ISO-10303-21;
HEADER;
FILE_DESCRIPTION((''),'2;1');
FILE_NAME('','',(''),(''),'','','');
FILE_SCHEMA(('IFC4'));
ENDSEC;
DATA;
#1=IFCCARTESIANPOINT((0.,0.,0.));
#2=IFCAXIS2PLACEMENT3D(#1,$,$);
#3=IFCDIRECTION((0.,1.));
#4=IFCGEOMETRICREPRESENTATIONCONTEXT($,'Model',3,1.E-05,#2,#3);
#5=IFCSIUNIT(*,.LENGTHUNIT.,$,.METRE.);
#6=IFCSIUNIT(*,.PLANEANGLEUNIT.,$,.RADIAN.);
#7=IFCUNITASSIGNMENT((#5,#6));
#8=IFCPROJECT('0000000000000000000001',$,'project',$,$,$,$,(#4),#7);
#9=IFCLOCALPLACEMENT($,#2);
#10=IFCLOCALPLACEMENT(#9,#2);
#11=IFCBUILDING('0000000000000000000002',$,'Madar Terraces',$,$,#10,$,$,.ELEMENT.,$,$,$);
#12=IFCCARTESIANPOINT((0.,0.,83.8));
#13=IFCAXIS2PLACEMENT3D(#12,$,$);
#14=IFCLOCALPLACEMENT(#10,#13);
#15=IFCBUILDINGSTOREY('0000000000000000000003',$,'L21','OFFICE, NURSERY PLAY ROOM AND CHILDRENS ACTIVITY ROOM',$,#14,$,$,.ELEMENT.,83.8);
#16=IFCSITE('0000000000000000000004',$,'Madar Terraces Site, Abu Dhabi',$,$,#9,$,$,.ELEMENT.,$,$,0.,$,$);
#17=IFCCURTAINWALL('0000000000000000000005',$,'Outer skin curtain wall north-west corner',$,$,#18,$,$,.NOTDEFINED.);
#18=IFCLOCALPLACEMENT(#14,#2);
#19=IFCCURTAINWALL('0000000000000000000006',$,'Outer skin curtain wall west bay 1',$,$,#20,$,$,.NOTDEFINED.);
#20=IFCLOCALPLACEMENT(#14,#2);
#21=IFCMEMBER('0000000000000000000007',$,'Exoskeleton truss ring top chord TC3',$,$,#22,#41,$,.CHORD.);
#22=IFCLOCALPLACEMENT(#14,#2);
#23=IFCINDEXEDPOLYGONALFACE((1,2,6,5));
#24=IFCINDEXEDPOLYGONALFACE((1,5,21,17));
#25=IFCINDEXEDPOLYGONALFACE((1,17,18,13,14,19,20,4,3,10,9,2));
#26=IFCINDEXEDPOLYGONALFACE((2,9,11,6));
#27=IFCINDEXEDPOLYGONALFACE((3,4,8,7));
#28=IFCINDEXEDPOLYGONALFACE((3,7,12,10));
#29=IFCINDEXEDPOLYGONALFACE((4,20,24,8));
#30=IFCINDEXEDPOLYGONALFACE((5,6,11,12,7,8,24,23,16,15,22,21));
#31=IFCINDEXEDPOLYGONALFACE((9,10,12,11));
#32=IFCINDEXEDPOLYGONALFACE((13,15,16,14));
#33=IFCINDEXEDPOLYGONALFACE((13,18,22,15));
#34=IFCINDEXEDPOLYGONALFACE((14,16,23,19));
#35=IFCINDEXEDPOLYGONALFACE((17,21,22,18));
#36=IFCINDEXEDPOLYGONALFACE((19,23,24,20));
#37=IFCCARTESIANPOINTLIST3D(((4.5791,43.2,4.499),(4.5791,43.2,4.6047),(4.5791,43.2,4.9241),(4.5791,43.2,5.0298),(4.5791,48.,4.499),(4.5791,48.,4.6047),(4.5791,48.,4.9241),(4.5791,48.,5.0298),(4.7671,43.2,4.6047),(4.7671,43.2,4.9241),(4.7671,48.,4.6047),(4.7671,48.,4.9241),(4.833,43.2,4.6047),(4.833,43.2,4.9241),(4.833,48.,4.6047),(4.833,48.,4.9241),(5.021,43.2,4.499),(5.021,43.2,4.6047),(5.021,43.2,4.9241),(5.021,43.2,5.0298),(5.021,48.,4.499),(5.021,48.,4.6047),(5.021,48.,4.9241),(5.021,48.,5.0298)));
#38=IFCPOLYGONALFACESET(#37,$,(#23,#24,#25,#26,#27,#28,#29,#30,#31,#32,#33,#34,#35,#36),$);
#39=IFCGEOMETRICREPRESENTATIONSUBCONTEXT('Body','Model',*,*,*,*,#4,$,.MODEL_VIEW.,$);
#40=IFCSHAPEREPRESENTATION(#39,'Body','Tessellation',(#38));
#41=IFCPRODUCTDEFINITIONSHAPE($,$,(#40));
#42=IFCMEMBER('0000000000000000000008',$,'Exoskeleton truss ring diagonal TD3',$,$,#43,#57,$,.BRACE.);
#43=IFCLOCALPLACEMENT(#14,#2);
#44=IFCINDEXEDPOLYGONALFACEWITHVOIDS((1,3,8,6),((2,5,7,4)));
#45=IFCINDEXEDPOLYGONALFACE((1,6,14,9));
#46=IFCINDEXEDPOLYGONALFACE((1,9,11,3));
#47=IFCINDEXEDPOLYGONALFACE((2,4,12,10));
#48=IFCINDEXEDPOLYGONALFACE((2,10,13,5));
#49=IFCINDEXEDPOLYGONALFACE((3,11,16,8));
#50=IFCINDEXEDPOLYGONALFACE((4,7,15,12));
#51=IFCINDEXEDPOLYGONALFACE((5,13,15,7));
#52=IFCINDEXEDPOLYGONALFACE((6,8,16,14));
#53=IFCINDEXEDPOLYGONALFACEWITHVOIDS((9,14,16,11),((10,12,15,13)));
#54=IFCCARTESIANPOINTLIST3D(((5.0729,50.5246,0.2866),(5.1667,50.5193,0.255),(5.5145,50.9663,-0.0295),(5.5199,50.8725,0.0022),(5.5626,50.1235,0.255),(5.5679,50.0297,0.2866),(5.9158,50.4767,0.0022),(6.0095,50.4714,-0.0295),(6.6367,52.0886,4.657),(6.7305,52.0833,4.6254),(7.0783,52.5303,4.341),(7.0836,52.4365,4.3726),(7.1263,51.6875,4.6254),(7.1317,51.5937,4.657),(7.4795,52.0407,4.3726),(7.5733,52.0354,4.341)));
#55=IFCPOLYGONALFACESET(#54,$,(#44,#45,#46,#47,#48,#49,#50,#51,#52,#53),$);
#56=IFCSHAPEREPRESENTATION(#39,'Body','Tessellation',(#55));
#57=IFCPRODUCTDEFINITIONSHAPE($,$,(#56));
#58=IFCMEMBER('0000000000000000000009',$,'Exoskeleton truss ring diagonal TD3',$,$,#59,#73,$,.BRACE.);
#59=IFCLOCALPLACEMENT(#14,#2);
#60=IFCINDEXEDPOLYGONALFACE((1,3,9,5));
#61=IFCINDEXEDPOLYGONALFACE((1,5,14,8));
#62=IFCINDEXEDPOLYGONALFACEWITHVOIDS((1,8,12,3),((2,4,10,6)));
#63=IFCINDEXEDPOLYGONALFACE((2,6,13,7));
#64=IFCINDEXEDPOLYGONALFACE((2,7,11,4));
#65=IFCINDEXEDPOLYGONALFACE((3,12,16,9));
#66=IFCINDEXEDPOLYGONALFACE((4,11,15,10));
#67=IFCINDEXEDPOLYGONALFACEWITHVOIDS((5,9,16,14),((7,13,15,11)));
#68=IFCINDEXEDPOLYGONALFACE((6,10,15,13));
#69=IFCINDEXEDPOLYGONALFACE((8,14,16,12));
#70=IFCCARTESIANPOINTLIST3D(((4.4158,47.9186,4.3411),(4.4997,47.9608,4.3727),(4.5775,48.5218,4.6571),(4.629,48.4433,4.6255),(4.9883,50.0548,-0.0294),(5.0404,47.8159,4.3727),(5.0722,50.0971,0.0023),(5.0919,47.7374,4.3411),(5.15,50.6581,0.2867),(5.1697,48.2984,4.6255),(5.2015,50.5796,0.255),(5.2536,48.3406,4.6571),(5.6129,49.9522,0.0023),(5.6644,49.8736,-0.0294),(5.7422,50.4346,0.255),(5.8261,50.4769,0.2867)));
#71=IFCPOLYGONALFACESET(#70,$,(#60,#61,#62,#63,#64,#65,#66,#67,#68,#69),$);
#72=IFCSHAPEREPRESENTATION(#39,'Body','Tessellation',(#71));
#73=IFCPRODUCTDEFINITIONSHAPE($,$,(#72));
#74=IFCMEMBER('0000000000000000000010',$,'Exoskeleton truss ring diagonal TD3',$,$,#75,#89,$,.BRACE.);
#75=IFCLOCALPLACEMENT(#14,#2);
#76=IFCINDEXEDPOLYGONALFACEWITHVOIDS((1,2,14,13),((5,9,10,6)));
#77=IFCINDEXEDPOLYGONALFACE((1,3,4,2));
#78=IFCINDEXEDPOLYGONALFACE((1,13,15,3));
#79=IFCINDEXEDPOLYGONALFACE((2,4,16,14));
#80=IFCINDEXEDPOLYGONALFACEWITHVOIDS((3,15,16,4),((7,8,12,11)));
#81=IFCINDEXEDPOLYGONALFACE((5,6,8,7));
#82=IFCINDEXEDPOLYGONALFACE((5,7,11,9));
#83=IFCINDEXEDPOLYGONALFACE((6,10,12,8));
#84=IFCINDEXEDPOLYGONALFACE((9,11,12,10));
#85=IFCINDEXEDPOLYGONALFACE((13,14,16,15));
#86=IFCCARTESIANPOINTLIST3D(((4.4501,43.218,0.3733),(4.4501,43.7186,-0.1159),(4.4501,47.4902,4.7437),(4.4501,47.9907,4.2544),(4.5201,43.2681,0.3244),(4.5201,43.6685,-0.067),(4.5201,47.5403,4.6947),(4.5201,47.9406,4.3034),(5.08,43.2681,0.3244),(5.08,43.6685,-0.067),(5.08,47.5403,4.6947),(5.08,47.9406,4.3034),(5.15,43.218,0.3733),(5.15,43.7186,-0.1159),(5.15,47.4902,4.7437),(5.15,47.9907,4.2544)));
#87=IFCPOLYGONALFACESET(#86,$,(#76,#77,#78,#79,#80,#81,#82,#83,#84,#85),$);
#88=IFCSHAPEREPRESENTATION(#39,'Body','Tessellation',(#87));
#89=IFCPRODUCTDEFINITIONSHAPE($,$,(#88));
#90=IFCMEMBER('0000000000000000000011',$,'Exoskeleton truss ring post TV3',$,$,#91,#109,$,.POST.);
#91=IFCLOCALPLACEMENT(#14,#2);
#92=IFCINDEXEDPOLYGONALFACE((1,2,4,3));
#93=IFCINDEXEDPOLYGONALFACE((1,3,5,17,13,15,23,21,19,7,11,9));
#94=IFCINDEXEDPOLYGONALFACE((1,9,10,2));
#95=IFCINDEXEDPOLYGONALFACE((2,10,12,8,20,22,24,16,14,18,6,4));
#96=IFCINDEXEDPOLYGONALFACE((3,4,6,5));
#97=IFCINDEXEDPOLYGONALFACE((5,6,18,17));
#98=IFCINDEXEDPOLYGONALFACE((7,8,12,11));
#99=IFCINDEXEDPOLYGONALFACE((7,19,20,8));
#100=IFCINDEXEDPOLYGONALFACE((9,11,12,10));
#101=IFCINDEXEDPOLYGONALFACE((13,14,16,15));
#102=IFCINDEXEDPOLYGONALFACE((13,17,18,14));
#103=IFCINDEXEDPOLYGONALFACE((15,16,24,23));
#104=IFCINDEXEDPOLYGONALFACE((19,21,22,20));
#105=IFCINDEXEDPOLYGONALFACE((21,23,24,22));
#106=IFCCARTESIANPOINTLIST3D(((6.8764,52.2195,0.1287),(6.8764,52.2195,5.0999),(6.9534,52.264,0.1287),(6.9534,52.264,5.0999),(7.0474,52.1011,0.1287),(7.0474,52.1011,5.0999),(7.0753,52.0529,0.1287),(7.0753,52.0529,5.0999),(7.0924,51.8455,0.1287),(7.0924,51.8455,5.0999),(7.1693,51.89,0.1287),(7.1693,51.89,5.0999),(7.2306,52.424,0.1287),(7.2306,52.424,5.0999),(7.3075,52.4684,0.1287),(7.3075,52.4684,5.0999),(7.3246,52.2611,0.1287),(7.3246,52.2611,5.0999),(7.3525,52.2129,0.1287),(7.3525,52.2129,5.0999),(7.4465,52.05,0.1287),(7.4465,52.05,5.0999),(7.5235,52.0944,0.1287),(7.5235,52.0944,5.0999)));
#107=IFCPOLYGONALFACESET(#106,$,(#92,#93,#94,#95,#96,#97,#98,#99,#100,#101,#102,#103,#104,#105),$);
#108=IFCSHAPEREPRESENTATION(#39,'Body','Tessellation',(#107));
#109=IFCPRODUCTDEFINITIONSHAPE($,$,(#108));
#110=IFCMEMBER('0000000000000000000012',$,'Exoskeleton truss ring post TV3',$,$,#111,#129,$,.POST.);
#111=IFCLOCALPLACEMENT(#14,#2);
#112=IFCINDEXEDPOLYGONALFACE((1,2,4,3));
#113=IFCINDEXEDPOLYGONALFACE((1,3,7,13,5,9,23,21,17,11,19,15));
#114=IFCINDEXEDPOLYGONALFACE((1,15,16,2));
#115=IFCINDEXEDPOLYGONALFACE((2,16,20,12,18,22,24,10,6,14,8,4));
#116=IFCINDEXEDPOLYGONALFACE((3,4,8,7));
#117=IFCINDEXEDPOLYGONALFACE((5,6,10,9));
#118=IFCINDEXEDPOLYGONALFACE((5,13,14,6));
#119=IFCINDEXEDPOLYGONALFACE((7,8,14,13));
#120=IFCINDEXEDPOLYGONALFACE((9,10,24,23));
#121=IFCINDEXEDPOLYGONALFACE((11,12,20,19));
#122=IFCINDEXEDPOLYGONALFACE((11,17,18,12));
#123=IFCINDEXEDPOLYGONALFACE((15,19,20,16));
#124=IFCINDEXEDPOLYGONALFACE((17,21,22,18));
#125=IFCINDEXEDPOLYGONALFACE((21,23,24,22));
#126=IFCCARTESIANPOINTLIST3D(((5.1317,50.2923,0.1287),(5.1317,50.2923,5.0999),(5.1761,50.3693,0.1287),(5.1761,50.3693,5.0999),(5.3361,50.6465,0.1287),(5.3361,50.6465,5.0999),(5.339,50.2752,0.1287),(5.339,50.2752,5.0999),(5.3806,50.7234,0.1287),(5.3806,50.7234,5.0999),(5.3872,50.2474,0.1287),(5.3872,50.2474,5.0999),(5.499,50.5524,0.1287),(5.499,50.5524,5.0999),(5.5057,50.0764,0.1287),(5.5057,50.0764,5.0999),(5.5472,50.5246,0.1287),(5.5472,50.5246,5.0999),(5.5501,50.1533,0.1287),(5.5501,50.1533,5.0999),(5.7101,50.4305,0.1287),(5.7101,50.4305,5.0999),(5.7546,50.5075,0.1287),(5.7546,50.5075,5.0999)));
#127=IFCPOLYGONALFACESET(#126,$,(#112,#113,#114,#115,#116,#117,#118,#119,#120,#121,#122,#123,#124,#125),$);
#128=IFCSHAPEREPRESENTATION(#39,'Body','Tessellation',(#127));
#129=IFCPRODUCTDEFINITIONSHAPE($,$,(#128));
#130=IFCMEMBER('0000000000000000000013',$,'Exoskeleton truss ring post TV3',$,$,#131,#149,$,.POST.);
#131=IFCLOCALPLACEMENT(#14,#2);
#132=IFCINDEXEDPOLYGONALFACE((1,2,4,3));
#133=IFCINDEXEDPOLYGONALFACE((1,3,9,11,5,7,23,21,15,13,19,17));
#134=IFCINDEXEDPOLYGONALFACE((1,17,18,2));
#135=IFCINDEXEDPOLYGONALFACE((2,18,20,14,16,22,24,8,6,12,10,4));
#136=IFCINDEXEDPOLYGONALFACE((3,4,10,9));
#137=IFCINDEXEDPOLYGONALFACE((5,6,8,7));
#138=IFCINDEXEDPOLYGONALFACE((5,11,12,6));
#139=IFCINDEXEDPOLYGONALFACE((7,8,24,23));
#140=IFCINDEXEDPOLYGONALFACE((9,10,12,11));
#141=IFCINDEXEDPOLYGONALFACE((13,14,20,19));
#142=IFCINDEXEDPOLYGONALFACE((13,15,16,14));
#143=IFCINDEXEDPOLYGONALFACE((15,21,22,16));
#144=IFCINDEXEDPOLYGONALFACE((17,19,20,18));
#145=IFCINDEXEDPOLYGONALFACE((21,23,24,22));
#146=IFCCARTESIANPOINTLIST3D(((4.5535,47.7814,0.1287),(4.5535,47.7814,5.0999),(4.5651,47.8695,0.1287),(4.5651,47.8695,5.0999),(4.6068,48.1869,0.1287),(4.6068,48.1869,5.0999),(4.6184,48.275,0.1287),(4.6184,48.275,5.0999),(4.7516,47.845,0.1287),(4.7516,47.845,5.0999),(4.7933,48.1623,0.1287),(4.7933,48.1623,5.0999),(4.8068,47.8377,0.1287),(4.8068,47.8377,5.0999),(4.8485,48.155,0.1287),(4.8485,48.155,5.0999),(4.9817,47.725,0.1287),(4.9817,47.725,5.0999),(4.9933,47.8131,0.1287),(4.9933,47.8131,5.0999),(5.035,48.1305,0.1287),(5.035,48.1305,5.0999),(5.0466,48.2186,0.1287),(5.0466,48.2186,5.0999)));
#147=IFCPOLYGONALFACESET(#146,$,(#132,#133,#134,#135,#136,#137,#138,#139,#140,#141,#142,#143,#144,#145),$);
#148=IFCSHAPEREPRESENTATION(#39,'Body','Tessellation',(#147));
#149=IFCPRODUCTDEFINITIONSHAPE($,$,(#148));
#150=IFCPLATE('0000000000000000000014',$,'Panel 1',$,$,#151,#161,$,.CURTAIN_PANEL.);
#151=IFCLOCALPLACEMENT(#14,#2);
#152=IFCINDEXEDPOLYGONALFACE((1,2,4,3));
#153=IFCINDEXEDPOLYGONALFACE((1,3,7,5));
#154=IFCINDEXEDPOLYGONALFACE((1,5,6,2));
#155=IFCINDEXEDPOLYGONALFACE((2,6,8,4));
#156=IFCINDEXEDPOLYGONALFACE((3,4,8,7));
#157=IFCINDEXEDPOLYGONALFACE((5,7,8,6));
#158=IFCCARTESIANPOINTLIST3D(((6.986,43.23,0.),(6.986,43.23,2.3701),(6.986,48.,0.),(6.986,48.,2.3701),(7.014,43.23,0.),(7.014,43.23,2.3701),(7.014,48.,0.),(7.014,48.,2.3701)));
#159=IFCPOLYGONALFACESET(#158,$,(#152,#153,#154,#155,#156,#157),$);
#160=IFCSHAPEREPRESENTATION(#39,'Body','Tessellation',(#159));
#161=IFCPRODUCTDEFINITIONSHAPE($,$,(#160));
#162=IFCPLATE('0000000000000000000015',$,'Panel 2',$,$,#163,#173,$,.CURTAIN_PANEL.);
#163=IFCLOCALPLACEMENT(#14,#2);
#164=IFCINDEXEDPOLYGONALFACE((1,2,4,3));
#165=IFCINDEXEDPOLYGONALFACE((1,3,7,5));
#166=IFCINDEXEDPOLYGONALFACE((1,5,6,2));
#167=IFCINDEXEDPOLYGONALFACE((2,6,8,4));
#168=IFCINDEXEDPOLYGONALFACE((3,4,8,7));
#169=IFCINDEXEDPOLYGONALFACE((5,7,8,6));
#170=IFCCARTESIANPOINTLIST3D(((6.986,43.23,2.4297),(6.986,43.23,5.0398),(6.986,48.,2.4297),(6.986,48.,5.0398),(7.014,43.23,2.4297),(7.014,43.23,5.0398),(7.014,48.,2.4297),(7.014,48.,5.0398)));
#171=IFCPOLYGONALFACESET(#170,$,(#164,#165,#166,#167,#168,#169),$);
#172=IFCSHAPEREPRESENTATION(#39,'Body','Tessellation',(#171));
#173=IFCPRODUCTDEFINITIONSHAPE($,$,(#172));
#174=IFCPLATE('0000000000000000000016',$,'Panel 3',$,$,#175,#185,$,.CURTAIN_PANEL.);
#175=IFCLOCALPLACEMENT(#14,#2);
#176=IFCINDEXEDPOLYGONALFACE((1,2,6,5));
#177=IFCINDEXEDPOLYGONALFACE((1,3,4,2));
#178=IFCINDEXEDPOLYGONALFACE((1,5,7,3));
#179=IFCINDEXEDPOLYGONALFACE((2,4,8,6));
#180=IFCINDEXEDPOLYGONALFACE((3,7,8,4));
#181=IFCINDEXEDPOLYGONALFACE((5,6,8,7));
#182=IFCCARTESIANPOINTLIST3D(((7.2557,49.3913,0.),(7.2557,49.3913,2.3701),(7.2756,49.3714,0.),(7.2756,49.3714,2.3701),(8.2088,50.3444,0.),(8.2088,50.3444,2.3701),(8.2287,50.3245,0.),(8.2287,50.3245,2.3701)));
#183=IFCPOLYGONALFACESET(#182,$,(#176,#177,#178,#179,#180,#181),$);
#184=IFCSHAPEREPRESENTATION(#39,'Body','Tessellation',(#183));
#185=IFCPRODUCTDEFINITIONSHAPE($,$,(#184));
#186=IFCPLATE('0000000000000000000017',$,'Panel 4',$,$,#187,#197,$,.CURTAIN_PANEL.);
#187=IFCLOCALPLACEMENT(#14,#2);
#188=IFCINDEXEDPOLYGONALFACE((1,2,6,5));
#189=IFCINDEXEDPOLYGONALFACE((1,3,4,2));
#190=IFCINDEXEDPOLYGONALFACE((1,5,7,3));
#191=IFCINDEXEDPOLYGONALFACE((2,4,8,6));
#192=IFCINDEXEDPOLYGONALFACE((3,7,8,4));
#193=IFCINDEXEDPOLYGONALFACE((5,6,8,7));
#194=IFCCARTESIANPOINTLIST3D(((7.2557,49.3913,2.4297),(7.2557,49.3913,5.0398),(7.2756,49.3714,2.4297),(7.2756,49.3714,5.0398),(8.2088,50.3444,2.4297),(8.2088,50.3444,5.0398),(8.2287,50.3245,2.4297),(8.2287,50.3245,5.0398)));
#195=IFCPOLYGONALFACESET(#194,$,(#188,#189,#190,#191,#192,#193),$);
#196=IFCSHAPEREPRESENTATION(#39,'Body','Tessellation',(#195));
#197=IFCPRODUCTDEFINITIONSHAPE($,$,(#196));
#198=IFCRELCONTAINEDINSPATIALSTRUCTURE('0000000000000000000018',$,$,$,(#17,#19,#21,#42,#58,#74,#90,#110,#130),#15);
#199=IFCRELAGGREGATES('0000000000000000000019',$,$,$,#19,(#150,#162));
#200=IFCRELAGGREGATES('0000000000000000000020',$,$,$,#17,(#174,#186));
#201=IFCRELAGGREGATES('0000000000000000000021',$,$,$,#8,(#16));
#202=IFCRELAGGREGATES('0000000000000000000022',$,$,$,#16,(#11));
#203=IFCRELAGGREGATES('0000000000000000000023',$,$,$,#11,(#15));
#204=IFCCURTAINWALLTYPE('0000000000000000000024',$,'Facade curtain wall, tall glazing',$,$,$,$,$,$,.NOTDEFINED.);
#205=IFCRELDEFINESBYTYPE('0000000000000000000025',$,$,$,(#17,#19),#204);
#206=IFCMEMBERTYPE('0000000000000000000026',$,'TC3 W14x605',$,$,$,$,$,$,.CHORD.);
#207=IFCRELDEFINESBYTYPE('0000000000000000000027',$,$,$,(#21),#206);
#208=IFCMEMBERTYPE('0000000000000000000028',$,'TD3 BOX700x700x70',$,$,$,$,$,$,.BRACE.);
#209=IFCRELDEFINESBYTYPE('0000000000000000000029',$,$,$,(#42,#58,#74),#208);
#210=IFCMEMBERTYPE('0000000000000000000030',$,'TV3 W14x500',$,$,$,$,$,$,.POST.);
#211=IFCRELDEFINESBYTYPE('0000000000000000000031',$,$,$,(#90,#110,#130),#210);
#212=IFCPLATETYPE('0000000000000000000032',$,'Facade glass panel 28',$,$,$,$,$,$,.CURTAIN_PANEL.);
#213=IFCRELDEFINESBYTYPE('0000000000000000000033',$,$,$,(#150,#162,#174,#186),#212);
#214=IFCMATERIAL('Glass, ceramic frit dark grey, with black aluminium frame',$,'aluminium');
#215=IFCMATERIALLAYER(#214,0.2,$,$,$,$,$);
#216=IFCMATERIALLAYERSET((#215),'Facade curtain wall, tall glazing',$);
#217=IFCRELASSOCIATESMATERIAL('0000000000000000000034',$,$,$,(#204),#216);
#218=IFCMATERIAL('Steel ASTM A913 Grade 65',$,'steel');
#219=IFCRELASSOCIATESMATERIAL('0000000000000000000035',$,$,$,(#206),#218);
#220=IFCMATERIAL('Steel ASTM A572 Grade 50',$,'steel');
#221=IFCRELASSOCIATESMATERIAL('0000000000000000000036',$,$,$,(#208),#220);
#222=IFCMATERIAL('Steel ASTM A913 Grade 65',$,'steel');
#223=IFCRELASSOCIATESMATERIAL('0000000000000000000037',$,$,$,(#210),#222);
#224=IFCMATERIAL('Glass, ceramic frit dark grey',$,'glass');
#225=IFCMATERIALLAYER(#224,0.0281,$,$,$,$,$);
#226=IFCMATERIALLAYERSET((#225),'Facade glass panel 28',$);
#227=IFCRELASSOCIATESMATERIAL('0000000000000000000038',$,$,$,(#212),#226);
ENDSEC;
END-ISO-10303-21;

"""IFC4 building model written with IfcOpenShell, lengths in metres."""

from ifc_helpers import new_model, si_unit, direction, frame, origin, origin_2d, place, context, subcontext, project, spatial, rectangle, hollow_rectangle, i_section, extrude, material, layer, layer_set, material_profile, profile_set, type_object, element, aggregate, save


model = new_model("IFC4")

# Units and contexts
model_context = context("Model", 3, precision=1e-05, world=origin(), true_north=direction((0.0, 1.0)))
body_context = subcontext(model_context, "Body", "Model", "MODEL_VIEW")
ifc_project = project(units=[si_unit("LENGTHUNIT", "METRE"), si_unit("PLANEANGLEUNIT", "RADIAN")], contexts=[model_context])

# Site, building, storey
site_placement = place(None, origin())
site = spatial("IfcSite", under=ifc_project, at=site_placement, Name="Madar Terraces Site, Abu Dhabi", CompositionType="ELEMENT", RefElevation=0.0)
building_placement = place(site_placement, origin())
building = spatial("IfcBuilding", under=site, at=building_placement, Name="Madar Terraces", CompositionType="ELEMENT")
storey_placement = place(building_placement, frame((0.0, 0.0, 83.8)))
storey = spatial("IfcBuildingStorey", under=building, at=storey_placement, Name="L21", Description="OFFICE, NURSERY PLAY ROOM AND CHILDRENS ACTIVITY ROOM", CompositionType="ELEMENT", Elevation=83.8)

# Curtain wall
ifc_material_1 = material(Name="Glass, ceramic frit dark grey, with black aluminium frame", Category="aluminium")
ifc_layer_1 = layer(ifc_material_1, 0.2)
ifc_layer_set_1 = layer_set([ifc_layer_1], Name="Facade curtain wall, tall glazing")
curtain_wall_type = type_object("IfcCurtainWallType", Name="Facade curtain wall, tall glazing", PredefinedType="NOTDEFINED", material=ifc_layer_set_1)
curtain_wall_1_placement = place(storey_placement, origin())
curtain_wall_1 = element("IfcCurtainWall", 1, at=curtain_wall_1_placement, inside=storey, type_object=curtain_wall_type, Name="Outer skin curtain wall north-west corner", PredefinedType="NOTDEFINED")

# Curtain wall
curtain_wall_2_placement = place(storey_placement, origin())
curtain_wall_2 = element("IfcCurtainWall", 2, at=curtain_wall_2_placement, inside=storey, type_object=curtain_wall_type, Name="Outer skin curtain wall west bay 1", PredefinedType="NOTDEFINED")

# Members
ifc_material_2 = material(Name="Steel ASTM A913 Grade 65", Category="steel")
ifc_material_profile_1 = material_profile(ifc_material_2, i_section(OverallWidth=0.4419, OverallDepth=0.5308, WebThickness=0.0659, FlangeThickness=0.1057, at=origin_2d()), Name="W14x605")
ifc_profile_set_1 = profile_set([ifc_material_profile_1], Name="Steel ASTM A913 Grade 65")
member_type_1 = type_object("IfcMemberType", Name="TC3 W14x605", PredefinedType="CHORD", material=ifc_profile_set_1)
member_1_placement = place(storey_placement, frame((4.8, 48.0, 4.7644), z_axis=(0.0, -1.0, 0.0), x_axis=(1.0, 0.0, 0.0)))
element("IfcMember", 3, at=member_1_placement, inside=storey, type_object=member_type_1, Name="Exoskeleton truss ring top chord TC3", PredefinedType="CHORD", context=body_context, shape_type="SweptSolid", body=[
    extrude(i_section(OverallWidth=0.4419, OverallDepth=0.5308, WebThickness=0.0659, FlangeThickness=0.1057, at=origin_2d()), origin(), (0.0, 0.0, 1.0), 4.8),
])
ifc_material_3 = material(Name="Steel ASTM A572 Grade 50", Category="steel")
ifc_material_profile_2 = material_profile(ifc_material_3, hollow_rectangle(XDim=0.7, YDim=0.7, WallThickness=0.0701, at=origin_2d()), Name="BOX700x700x70")
ifc_profile_set_2 = profile_set([ifc_material_profile_2], Name="Steel ASTM A572 Grade 50")
member_type_2 = type_object("IfcMemberType", Name="TD3 BOX700x700x70", PredefinedType="BRACE", material=ifc_profile_set_2)
for number, where, z_axis, x_axis, name in (
    (4, (7.105, 52.062, 4.499), (-0.319251, -0.319301, -0.892259), (0.707162, -0.707052, 0.0), "Exoskeleton truss ring diagonal TD3"),
    (5, (5.4072, 50.2659, 0.1287), (-0.116884, -0.436135, 0.892258), (0.965914, -0.258865, 0.0), "Exoskeleton truss ring diagonal TD3"),
):
    element("IfcMember", number, at=place(storey_placement, frame(where, z_axis=z_axis, x_axis=x_axis)), inside=storey, type_object=member_type_2, Name=name, PredefinedType="BRACE", context=body_context, shape_type="SweptSolid", body=[
        extrude(hollow_rectangle(XDim=0.7, YDim=0.7, WallThickness=0.0701, at=origin_2d()), origin(), (0.0, 0.0, 1.0), 4.8982),
    ])
member_2_placement = place(storey_placement, frame((4.8, 47.7405, 4.499), z_axis=(0.0, -0.699032, -0.715091), x_axis=(1.0, 0.0, 0.0)))
element("IfcMember", 6, at=member_2_placement, inside=storey, type_object=member_type_2, Name="Exoskeleton truss ring diagonal TD3", PredefinedType="BRACE", context=body_context, shape_type="SweptSolid", body=[
    extrude(hollow_rectangle(XDim=0.7, YDim=0.7, WallThickness=0.0701, at=origin_2d()), origin(), (0.0, 0.0, 1.0), 6.1116),
])
ifc_material_4 = material(Name="Steel ASTM A913 Grade 65", Category="steel")
ifc_material_profile_3 = material_profile(ifc_material_4, i_section(OverallWidth=0.4319, OverallDepth=0.4978, WebThickness=0.0557, FlangeThickness=0.0889, at=origin_2d()), Name="W14x500")
ifc_profile_set_3 = profile_set([ifc_material_profile_3], Name="Steel ASTM A913 Grade 65")
member_type_3 = type_object("IfcMemberType", Name="TV3 W14x500", PredefinedType="POST", material=ifc_profile_set_3)
for number, where, z_axis, x_axis, name in (
    (7, (7.2, 52.157, 0.1287), (0.0, 0.0, 1.0), (0.5, -0.866025, 0.0), "Exoskeleton truss ring post TV3"),
    (8, (5.4431, 50.3999, 0.1287), (0.0, 0.0, 1.0), (0.866025, -0.5, 0.0), "Exoskeleton truss ring post TV3"),
    (9, (4.8, 48.0, 0.1287), (0.0, 0.0, 1.0), (0.991445, -0.130526, 0.0), "Exoskeleton truss ring post TV3"),
):
    element("IfcMember", number, at=place(storey_placement, frame(where, z_axis=z_axis, x_axis=x_axis)), inside=storey, type_object=member_type_3, Name=name, PredefinedType="POST", context=body_context, shape_type="SweptSolid", body=[
        extrude(i_section(OverallWidth=0.4319, OverallDepth=0.4978, WebThickness=0.0557, FlangeThickness=0.0889, at=origin_2d()), origin(), (0.0, 0.0, 1.0), 4.9712),
    ])

# Plates
ifc_material_5 = material(Name="Glass, ceramic frit dark grey", Category="glass")
ifc_layer_2 = layer(ifc_material_5, 0.0281)
ifc_layer_set_2 = layer_set([ifc_layer_2], Name="Facade glass panel 28")
plate_type = type_object("IfcPlateType", Name="Facade glass panel 28", PredefinedType="CURTAIN_PANEL", material=ifc_layer_set_2)
plate_1_placement = place(storey_placement, frame((7.0, 45.615, 0.0), z_axis=(0.0, 0.0, 1.0), x_axis=(0.0, -1.0, 0.0)))
plate_1 = element("IfcPlate", 10, at=plate_1_placement, type_object=plate_type, Name="Panel 1", PredefinedType="CURTAIN_PANEL", context=body_context, shape_type="SweptSolid", body=[
    extrude(rectangle(XDim=4.77, YDim=0.0281, at=origin_2d()), origin(), (0.0, 0.0, 1.0), 2.3701),
])
plate_2_placement = place(storey_placement, frame((7.0, 45.615, 2.4297), z_axis=(0.0, 0.0, 1.0), x_axis=(0.0, -1.0, 0.0)))
plate_2 = element("IfcPlate", 11, at=plate_2_placement, type_object=plate_type, Name="Panel 2", PredefinedType="CURTAIN_PANEL", context=body_context, shape_type="SweptSolid", body=[
    extrude(rectangle(XDim=4.77, YDim=0.0281, at=origin_2d()), origin(), (0.0, 0.0, 1.0), 2.6101),
])
aggregate(curtain_wall_2, [plate_1, plate_2])
plate_3_placement = place(storey_placement, frame((7.7422, 49.8579, 0.0), z_axis=(0.0, 0.0, 1.0), x_axis=(-0.707107, -0.707107, 0.0)))
plate_3 = element("IfcPlate", 12, at=plate_3_placement, type_object=plate_type, Name="Panel 3", PredefinedType="CURTAIN_PANEL", context=body_context, shape_type="SweptSolid", body=[
    extrude(rectangle(XDim=1.3479, YDim=0.0281, at=origin_2d()), origin(), (0.0, 0.0, 1.0), 2.3701),
])
plate_4_placement = place(storey_placement, frame((7.7422, 49.8579, 2.4297), z_axis=(0.0, 0.0, 1.0), x_axis=(-0.707107, -0.707107, 0.0)))
plate_4 = element("IfcPlate", 13, at=plate_4_placement, type_object=plate_type, Name="Panel 4", PredefinedType="CURTAIN_PANEL", context=body_context, shape_type="SweptSolid", body=[
    extrude(rectangle(XDim=1.3479, YDim=0.0281, at=origin_2d()), origin(), (0.0, 0.0, 1.0), 2.6101),
])
aggregate(curtain_wall_1, [plate_3, plate_4])

save(model, "model.ifc")
